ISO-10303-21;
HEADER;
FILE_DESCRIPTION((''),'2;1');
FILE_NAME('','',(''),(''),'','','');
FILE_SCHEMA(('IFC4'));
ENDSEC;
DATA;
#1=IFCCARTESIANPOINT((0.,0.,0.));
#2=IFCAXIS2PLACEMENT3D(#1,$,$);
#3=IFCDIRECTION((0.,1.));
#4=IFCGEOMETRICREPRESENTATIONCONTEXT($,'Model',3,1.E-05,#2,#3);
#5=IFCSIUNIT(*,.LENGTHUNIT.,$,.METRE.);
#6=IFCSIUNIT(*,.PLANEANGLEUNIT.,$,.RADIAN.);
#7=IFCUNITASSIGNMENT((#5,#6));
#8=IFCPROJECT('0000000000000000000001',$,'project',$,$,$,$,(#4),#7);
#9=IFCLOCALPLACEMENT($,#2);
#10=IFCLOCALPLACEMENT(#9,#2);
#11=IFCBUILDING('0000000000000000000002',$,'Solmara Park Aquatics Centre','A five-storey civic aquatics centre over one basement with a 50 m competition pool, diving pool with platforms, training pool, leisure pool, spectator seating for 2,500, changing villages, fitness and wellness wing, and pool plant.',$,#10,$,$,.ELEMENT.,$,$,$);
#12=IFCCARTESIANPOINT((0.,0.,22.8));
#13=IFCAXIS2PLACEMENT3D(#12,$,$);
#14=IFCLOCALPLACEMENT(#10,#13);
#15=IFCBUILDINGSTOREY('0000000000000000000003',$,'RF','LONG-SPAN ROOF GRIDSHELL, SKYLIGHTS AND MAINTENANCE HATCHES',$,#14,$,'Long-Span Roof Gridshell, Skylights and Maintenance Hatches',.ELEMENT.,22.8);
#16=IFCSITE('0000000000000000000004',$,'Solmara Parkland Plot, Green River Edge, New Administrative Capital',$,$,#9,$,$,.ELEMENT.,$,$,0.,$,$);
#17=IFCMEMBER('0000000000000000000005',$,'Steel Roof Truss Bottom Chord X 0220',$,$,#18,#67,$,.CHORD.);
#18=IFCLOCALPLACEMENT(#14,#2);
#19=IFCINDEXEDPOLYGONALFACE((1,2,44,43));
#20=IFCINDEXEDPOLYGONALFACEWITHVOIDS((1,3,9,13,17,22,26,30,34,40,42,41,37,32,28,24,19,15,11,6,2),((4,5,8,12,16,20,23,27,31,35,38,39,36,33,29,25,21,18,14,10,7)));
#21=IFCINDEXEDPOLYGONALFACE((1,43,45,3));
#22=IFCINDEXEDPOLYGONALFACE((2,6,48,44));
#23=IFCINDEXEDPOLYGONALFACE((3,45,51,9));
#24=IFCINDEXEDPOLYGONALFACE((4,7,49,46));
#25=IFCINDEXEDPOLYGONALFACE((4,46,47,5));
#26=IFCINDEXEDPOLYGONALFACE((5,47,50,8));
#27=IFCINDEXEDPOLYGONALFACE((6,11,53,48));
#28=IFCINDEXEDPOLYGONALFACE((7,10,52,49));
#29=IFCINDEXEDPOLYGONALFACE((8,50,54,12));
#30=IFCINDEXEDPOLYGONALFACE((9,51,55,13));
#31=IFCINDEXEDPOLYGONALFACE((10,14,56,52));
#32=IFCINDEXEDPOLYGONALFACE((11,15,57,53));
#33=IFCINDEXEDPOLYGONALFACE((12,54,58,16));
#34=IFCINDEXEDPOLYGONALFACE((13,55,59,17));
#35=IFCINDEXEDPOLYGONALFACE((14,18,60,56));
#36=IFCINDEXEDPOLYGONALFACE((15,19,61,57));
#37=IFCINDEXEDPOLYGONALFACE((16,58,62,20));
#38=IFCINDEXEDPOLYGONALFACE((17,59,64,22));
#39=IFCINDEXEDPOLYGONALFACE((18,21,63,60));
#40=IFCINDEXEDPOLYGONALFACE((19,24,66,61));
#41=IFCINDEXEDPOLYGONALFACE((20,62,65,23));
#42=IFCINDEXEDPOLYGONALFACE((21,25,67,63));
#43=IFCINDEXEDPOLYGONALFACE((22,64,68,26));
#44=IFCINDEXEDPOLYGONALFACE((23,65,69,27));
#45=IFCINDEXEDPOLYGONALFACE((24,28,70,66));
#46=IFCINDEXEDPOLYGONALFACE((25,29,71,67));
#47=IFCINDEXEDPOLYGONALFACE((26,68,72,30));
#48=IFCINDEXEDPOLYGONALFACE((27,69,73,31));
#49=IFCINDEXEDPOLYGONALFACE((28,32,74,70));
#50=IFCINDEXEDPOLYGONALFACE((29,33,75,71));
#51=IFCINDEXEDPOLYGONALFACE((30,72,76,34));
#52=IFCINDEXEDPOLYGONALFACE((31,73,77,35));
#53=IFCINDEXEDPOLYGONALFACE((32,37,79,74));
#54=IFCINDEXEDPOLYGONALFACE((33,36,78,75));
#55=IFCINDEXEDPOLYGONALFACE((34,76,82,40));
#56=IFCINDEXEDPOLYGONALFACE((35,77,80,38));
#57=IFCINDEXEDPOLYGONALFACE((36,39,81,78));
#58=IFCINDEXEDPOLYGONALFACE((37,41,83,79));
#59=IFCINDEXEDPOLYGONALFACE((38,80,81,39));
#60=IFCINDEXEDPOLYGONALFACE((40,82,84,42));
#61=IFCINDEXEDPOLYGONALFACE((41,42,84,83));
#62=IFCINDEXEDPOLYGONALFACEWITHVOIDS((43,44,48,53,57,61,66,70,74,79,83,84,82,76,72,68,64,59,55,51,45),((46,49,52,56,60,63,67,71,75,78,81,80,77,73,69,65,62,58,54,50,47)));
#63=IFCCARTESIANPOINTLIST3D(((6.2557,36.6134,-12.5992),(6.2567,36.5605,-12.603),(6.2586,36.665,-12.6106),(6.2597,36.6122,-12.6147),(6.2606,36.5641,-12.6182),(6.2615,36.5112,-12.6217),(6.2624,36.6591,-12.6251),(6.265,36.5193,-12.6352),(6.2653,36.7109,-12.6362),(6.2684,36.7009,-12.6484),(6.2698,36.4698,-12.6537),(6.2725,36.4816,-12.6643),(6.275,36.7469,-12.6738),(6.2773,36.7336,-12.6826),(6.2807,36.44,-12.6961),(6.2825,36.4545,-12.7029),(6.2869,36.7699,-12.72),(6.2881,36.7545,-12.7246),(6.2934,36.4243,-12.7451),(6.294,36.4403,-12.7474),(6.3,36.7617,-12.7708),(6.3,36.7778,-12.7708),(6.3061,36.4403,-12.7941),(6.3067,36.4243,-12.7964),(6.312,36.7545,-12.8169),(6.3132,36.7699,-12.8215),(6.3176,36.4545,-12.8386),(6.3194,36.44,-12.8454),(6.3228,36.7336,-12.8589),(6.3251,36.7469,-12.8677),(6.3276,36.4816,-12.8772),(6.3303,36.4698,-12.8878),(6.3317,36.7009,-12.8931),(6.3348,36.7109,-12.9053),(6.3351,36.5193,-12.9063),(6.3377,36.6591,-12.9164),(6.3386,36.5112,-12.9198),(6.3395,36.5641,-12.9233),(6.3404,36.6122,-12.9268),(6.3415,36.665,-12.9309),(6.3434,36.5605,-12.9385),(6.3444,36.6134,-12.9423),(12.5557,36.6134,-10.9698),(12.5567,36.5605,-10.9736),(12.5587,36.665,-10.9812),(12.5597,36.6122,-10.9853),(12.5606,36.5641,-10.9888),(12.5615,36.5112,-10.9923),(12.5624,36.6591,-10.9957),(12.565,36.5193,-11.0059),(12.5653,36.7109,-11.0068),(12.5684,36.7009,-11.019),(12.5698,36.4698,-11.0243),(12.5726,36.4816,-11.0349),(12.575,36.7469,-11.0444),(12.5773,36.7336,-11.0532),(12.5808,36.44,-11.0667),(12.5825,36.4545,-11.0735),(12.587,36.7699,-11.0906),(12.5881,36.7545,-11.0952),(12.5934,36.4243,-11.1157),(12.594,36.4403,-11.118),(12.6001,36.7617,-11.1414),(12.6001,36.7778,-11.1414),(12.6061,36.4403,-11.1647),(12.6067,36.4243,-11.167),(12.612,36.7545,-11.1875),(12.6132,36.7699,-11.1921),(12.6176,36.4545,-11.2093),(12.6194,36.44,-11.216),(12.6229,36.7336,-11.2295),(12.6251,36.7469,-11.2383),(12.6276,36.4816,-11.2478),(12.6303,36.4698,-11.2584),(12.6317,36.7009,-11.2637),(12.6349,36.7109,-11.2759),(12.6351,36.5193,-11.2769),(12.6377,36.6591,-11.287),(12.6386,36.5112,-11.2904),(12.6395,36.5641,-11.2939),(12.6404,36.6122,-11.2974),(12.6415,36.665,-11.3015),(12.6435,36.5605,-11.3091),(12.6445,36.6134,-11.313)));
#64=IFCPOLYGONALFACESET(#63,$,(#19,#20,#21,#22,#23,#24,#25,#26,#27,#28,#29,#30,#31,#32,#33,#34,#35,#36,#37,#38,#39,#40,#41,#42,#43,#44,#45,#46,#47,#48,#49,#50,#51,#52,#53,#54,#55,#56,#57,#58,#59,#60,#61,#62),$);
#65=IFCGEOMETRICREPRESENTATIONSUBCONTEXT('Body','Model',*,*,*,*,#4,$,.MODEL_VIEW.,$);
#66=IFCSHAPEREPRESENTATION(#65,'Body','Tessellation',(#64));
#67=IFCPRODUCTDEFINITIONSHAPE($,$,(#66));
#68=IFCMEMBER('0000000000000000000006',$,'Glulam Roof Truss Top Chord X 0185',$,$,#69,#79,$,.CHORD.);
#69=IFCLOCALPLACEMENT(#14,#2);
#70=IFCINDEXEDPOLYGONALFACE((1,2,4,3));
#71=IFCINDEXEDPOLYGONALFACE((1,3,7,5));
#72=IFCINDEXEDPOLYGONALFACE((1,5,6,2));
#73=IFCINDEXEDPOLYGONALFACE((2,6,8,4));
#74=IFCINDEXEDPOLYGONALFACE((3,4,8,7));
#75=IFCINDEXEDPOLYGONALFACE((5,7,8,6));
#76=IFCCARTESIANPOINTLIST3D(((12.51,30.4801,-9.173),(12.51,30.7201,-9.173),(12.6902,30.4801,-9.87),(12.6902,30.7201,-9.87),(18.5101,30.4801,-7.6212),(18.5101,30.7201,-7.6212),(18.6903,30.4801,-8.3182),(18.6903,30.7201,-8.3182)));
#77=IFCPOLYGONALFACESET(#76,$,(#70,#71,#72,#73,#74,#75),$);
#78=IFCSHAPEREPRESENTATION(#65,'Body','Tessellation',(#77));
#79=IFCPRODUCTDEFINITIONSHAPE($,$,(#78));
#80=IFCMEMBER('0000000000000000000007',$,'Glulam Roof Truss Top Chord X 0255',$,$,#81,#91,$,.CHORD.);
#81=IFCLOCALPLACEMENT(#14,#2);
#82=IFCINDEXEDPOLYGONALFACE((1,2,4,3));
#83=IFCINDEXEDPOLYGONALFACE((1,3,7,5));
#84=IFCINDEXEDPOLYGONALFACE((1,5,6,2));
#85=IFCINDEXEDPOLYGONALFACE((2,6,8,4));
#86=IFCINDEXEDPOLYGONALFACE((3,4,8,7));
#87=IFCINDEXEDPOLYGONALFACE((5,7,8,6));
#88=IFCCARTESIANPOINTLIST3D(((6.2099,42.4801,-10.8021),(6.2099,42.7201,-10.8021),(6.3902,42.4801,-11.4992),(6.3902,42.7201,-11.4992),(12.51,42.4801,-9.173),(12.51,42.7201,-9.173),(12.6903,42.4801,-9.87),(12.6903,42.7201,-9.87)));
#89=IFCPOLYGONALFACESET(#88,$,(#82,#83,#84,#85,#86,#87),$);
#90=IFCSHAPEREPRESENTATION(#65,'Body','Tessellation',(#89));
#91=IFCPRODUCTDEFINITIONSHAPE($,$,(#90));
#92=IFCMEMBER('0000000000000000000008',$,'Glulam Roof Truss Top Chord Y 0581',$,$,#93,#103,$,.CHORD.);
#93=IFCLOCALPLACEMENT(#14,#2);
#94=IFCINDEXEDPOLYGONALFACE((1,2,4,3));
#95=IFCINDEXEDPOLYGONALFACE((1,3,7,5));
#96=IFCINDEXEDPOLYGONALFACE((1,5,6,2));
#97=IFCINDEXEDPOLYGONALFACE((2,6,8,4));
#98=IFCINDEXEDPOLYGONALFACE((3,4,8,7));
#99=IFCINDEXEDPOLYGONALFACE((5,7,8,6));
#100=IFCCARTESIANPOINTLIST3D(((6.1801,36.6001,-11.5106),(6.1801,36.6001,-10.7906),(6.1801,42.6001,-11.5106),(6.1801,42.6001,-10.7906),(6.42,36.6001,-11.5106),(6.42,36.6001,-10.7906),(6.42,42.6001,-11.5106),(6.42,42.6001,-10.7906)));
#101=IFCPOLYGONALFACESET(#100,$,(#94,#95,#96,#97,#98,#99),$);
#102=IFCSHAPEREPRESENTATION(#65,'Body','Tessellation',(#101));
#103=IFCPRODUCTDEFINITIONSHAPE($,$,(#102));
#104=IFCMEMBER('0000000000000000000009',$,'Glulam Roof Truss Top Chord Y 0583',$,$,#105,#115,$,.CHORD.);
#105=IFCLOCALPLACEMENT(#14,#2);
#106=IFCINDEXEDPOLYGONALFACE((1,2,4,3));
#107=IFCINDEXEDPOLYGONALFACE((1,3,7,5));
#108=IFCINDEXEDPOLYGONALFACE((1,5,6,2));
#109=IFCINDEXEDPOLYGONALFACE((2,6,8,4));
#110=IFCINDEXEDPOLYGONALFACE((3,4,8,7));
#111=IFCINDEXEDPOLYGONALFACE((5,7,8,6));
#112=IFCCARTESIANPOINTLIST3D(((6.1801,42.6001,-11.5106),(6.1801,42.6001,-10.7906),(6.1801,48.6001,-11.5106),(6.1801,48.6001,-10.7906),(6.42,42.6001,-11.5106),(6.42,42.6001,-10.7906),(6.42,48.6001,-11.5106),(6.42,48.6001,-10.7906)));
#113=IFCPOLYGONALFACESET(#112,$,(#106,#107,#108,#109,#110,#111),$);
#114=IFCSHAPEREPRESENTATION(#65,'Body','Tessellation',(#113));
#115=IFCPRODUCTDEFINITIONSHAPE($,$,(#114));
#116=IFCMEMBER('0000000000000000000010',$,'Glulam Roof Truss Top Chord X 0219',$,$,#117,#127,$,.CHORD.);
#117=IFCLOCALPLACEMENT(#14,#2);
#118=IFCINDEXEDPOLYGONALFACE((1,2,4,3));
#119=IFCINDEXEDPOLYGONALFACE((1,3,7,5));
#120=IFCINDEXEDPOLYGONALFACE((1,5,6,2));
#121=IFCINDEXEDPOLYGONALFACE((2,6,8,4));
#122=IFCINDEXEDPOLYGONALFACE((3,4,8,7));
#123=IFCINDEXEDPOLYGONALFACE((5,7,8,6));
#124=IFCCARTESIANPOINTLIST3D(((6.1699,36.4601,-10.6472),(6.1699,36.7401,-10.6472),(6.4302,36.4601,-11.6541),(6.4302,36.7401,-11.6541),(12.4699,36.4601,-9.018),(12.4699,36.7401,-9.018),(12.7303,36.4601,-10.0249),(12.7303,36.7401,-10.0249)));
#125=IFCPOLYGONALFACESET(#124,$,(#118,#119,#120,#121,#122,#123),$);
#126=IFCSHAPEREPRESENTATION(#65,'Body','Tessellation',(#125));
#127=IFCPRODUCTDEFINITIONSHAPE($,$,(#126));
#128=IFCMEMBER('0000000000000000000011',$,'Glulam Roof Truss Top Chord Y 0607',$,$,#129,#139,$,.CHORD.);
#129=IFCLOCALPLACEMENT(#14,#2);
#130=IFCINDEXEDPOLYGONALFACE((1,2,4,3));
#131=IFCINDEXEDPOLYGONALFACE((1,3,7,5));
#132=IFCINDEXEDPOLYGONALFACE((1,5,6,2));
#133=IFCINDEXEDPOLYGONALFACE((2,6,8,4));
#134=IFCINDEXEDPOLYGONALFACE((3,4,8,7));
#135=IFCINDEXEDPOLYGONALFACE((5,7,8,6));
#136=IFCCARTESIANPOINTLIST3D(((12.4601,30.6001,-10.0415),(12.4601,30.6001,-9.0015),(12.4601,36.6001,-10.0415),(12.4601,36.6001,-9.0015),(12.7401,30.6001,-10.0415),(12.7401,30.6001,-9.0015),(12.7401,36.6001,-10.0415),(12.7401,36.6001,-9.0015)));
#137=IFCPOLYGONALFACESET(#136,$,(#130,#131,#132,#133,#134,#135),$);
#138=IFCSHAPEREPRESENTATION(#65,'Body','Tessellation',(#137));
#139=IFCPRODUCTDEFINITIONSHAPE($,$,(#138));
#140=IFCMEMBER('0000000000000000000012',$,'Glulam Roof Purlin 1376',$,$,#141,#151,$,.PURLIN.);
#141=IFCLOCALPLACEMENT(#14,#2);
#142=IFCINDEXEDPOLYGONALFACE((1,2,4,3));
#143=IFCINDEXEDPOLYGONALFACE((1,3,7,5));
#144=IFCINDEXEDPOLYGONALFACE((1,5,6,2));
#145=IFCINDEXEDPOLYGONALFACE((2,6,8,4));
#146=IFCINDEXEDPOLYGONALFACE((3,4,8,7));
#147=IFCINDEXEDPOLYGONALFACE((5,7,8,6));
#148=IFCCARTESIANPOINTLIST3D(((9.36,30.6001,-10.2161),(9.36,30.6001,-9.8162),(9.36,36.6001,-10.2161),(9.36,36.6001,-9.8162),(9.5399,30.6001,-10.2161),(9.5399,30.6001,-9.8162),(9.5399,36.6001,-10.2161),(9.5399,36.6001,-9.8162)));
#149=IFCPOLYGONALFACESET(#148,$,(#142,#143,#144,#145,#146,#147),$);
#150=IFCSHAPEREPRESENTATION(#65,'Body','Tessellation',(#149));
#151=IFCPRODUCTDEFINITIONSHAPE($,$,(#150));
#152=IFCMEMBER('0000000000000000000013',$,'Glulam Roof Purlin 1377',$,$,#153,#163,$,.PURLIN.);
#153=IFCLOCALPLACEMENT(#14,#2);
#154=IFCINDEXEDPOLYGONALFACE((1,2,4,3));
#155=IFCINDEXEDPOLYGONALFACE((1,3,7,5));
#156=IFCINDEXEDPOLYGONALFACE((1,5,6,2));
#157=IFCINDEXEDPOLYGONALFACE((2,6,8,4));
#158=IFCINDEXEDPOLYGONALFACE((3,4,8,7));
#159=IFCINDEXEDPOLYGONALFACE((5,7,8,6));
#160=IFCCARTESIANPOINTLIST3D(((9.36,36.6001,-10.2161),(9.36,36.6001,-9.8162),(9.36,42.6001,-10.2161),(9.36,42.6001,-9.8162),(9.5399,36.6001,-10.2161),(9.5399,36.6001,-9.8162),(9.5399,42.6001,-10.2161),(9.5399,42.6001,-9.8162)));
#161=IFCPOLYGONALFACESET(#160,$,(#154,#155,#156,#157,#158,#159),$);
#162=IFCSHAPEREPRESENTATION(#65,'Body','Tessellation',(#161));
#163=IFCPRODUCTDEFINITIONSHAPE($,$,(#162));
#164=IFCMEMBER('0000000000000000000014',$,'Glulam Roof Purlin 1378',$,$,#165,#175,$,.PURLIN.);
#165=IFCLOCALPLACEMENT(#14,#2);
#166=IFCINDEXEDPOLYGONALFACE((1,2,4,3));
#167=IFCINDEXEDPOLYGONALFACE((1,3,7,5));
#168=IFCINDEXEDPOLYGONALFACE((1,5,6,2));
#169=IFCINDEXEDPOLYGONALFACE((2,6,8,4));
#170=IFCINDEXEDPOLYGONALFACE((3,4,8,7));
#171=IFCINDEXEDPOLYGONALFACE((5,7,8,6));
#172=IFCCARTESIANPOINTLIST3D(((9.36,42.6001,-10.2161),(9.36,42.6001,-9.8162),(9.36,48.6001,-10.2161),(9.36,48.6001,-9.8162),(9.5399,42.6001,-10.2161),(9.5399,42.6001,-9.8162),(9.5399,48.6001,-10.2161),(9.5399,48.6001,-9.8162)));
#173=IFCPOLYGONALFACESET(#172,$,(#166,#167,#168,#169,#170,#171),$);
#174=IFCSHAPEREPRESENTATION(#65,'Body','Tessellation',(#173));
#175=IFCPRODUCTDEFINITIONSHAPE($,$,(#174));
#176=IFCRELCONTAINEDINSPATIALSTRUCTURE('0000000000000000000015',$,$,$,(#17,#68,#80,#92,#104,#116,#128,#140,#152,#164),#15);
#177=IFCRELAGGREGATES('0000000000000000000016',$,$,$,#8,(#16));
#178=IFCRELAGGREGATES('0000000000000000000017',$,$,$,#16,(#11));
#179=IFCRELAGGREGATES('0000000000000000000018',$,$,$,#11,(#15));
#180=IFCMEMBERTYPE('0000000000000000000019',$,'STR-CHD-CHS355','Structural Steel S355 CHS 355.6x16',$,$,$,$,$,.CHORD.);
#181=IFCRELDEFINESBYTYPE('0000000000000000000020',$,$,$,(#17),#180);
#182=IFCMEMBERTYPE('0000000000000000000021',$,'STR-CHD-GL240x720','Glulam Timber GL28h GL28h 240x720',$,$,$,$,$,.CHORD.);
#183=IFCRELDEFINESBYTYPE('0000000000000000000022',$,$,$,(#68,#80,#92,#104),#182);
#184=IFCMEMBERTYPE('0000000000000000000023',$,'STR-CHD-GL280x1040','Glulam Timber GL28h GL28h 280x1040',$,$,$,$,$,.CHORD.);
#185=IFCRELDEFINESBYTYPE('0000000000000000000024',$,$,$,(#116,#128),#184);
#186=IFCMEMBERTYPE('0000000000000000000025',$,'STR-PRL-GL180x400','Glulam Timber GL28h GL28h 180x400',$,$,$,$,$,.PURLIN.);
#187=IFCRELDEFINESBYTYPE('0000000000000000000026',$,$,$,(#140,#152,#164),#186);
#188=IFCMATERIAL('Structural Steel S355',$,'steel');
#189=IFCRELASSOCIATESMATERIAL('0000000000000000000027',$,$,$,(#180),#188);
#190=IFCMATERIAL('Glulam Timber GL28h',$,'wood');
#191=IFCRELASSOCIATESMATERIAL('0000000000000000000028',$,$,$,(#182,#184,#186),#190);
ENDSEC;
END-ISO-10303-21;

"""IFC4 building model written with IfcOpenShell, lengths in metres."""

from ifc_helpers import new_model, si_unit, direction, frame, origin, origin_2d, place, context, subcontext, project, spatial, rectangle, hollow_circle, extrude, material, material_profile, profile_set, type_object, element, save


model = new_model("IFC4")

# Units and contexts
model_context = context("Model", 3, precision=1e-05, world=origin(), true_north=direction((0.0, 1.0)))
body_context = subcontext(model_context, "Body", "Model", "MODEL_VIEW")
ifc_project = project(units=[si_unit("LENGTHUNIT", "METRE"), si_unit("PLANEANGLEUNIT", "RADIAN")], contexts=[model_context])

# Site, building, storey
site_placement = place(None, origin())
site = spatial("IfcSite", under=ifc_project, at=site_placement, Name="Solmara Parkland Plot, Green River Edge, New Administrative Capital", CompositionType="ELEMENT", RefElevation=0.0)
building_placement = place(site_placement, origin())
building = spatial("IfcBuilding", under=site, at=building_placement, Name="Solmara Park Aquatics Centre", Description="A five-storey civic aquatics centre over one basement with a 50 m competition pool, diving pool with platforms, training pool, leisure pool, spectator seating for 2,500, changing villages, fitness and wellness wing, and pool plant.", CompositionType="ELEMENT")
storey_placement = place(building_placement, frame((0.0, 0.0, 22.8)))
storey = spatial("IfcBuildingStorey", under=building, at=storey_placement, Name="RF", Description="LONG-SPAN ROOF GRIDSHELL, SKYLIGHTS AND MAINTENANCE HATCHES", LongName="Long-Span Roof Gridshell, Skylights and Maintenance Hatches", CompositionType="ELEMENT", Elevation=22.8)

# Members
ifc_material_1 = material(Name="Structural Steel S355", Category="steel")
ifc_material_profile_1 = material_profile(ifc_material_1, hollow_circle(Radius=0.1777, WallThickness=0.0161, at=origin_2d()), Name="CHS 355.6x16")
ifc_profile_set_1 = profile_set([ifc_material_profile_1], Name="Structural Steel S355")
member_type_1 = type_object("IfcMemberType", Name="STR-CHD-CHS355", Description="Structural Steel S355 CHS 355.6x16", PredefinedType="CHORD", material=ifc_profile_set_1)
member_1_placement = place(storey_placement, frame((6.3, 36.6001, -12.7708), z_axis=(0.968144, 0.0, 0.250393), x_axis=(0.0, 1.0, 0.0)))
element("IfcMember", 1, at=member_1_placement, inside=storey, type_object=member_type_1, Name="Steel Roof Truss Bottom Chord X 0220", PredefinedType="CHORD", context=body_context, shape_type="SweptSolid", body=[
    extrude(hollow_circle(Radius=0.1777, WallThickness=0.0161, at=origin_2d()), origin(), (0.0, 0.0, 1.0), 6.5073),
])
ifc_material_2 = material(Name="Glulam Timber GL28h", Category="wood")
ifc_material_profile_2 = material_profile(ifc_material_2, rectangle(XDim=0.24, YDim=0.72, at=origin_2d()), Name="GL28h 240x720")
ifc_profile_set_2 = profile_set([ifc_material_profile_2], Name="Glulam Timber GL28h")
member_type_2 = type_object("IfcMemberType", Name="STR-CHD-GL240x720", Description="Glulam Timber GL28h GL28h 240x720", PredefinedType="CHORD", material=ifc_profile_set_2)
member_2_placement = place(storey_placement, frame((12.6001, 30.6001, -9.5215), z_axis=(0.968146, 0.0, 0.250388), x_axis=(0.0, 1.0, 0.0)))
element("IfcMember", 2, at=member_2_placement, inside=storey, type_object=member_type_2, Name="Glulam Roof Truss Top Chord X 0185", PredefinedType="CHORD", context=body_context, shape_type="SweptSolid", body=[
    extrude(rectangle(XDim=0.24, YDim=0.72, at=origin_2d()), origin(), (0.0, 0.0, 1.0), 6.1975),
])
member_3_placement = place(storey_placement, frame((6.3, 42.6001, -11.1506), z_axis=(0.968153, 0.0, 0.250358), x_axis=(0.0, 1.0, 0.0)))
element("IfcMember", 3, at=member_3_placement, inside=storey, type_object=member_type_2, Name="Glulam Roof Truss Top Chord X 0255", PredefinedType="CHORD", context=body_context, shape_type="SweptSolid", body=[
    extrude(rectangle(XDim=0.24, YDim=0.72, at=origin_2d()), origin(), (0.0, 0.0, 1.0), 6.5073),
])
for number, where, z_axis, x_axis, name in (
    (4, (6.3, 36.6001, -11.1506), (0.0, 1.0, 0.0), (-1.0, 0.0, 0.0), "Glulam Roof Truss Top Chord Y 0581"),
    (5, (6.3, 42.6001, -11.1506), (0.0, 1.0, 0.0), (-1.0, 0.0, 0.0), "Glulam Roof Truss Top Chord Y 0583"),
):
    element("IfcMember", number, at=place(storey_placement, frame(where, z_axis=z_axis, x_axis=x_axis)), inside=storey, type_object=member_type_2, Name=name, PredefinedType="CHORD", context=body_context, shape_type="SweptSolid", body=[
        extrude(rectangle(XDim=0.24, YDim=0.72, at=origin_2d()), origin(), (0.0, 0.0, 1.0), 6.0),
    ])
ifc_material_profile_3 = material_profile(ifc_material_2, rectangle(XDim=0.28, YDim=1.04, at=origin_2d()), Name="GL28h 280x1040")
ifc_profile_set_3 = profile_set([ifc_material_profile_3], Name="Glulam Timber GL28h")
member_type_3 = type_object("IfcMemberType", Name="STR-CHD-GL280x1040", Description="Glulam Timber GL28h GL28h 280x1040", PredefinedType="CHORD", material=ifc_profile_set_3)
member_4_placement = place(storey_placement, frame((6.3, 36.6001, -11.1506), z_axis=(0.968153, 0.0, 0.250358), x_axis=(0.0, 1.0, 0.0)))
element("IfcMember", 6, at=member_4_placement, inside=storey, type_object=member_type_3, Name="Glulam Roof Truss Top Chord X 0219", PredefinedType="CHORD", context=body_context, shape_type="SweptSolid", body=[
    extrude(rectangle(XDim=0.28, YDim=1.04, at=origin_2d()), origin(), (0.0, 0.0, 1.0), 6.5073),
])
member_5_placement = place(storey_placement, frame((12.6001, 30.6001, -9.5215), z_axis=(0.0, 1.0, 0.0), x_axis=(-1.0, 0.0, 0.0)))
element("IfcMember", 7, at=member_5_placement, inside=storey, type_object=member_type_3, Name="Glulam Roof Truss Top Chord Y 0607", PredefinedType="CHORD", context=body_context, shape_type="SweptSolid", body=[
    extrude(rectangle(XDim=0.28, YDim=1.04, at=origin_2d()), origin(), (0.0, 0.0, 1.0), 6.0),
])
ifc_material_profile_4 = material_profile(ifc_material_2, rectangle(XDim=0.1799, YDim=0.3999, at=origin_2d()), Name="GL28h 180x400")
ifc_profile_set_4 = profile_set([ifc_material_profile_4], Name="Glulam Timber GL28h")
member_type_4 = type_object("IfcMemberType", Name="STR-PRL-GL180x400", Description="Glulam Timber GL28h GL28h 180x400", PredefinedType="PURLIN", material=ifc_profile_set_4)
for number, where, z_axis, x_axis, name in (
    (8, (9.45, 30.6001, -10.0161), (0.0, 1.0, 0.0), (-1.0, 0.0, 0.0), "Glulam Roof Purlin 1376"),
    (9, (9.45, 36.6001, -10.0161), (0.0, 1.0, 0.0), (-1.0, 0.0, 0.0), "Glulam Roof Purlin 1377"),
    (10, (9.45, 42.6001, -10.0161), (0.0, 1.0, 0.0), (-1.0, 0.0, 0.0), "Glulam Roof Purlin 1378"),
):
    element("IfcMember", number, at=place(storey_placement, frame(where, z_axis=z_axis, x_axis=x_axis)), inside=storey, type_object=member_type_4, Name=name, PredefinedType="PURLIN", context=body_context, shape_type="SweptSolid", body=[
        extrude(rectangle(XDim=0.1799, YDim=0.3999, at=origin_2d()), origin(), (0.0, 0.0, 1.0), 6.0),
    ])

save(model, "model.ifc")
